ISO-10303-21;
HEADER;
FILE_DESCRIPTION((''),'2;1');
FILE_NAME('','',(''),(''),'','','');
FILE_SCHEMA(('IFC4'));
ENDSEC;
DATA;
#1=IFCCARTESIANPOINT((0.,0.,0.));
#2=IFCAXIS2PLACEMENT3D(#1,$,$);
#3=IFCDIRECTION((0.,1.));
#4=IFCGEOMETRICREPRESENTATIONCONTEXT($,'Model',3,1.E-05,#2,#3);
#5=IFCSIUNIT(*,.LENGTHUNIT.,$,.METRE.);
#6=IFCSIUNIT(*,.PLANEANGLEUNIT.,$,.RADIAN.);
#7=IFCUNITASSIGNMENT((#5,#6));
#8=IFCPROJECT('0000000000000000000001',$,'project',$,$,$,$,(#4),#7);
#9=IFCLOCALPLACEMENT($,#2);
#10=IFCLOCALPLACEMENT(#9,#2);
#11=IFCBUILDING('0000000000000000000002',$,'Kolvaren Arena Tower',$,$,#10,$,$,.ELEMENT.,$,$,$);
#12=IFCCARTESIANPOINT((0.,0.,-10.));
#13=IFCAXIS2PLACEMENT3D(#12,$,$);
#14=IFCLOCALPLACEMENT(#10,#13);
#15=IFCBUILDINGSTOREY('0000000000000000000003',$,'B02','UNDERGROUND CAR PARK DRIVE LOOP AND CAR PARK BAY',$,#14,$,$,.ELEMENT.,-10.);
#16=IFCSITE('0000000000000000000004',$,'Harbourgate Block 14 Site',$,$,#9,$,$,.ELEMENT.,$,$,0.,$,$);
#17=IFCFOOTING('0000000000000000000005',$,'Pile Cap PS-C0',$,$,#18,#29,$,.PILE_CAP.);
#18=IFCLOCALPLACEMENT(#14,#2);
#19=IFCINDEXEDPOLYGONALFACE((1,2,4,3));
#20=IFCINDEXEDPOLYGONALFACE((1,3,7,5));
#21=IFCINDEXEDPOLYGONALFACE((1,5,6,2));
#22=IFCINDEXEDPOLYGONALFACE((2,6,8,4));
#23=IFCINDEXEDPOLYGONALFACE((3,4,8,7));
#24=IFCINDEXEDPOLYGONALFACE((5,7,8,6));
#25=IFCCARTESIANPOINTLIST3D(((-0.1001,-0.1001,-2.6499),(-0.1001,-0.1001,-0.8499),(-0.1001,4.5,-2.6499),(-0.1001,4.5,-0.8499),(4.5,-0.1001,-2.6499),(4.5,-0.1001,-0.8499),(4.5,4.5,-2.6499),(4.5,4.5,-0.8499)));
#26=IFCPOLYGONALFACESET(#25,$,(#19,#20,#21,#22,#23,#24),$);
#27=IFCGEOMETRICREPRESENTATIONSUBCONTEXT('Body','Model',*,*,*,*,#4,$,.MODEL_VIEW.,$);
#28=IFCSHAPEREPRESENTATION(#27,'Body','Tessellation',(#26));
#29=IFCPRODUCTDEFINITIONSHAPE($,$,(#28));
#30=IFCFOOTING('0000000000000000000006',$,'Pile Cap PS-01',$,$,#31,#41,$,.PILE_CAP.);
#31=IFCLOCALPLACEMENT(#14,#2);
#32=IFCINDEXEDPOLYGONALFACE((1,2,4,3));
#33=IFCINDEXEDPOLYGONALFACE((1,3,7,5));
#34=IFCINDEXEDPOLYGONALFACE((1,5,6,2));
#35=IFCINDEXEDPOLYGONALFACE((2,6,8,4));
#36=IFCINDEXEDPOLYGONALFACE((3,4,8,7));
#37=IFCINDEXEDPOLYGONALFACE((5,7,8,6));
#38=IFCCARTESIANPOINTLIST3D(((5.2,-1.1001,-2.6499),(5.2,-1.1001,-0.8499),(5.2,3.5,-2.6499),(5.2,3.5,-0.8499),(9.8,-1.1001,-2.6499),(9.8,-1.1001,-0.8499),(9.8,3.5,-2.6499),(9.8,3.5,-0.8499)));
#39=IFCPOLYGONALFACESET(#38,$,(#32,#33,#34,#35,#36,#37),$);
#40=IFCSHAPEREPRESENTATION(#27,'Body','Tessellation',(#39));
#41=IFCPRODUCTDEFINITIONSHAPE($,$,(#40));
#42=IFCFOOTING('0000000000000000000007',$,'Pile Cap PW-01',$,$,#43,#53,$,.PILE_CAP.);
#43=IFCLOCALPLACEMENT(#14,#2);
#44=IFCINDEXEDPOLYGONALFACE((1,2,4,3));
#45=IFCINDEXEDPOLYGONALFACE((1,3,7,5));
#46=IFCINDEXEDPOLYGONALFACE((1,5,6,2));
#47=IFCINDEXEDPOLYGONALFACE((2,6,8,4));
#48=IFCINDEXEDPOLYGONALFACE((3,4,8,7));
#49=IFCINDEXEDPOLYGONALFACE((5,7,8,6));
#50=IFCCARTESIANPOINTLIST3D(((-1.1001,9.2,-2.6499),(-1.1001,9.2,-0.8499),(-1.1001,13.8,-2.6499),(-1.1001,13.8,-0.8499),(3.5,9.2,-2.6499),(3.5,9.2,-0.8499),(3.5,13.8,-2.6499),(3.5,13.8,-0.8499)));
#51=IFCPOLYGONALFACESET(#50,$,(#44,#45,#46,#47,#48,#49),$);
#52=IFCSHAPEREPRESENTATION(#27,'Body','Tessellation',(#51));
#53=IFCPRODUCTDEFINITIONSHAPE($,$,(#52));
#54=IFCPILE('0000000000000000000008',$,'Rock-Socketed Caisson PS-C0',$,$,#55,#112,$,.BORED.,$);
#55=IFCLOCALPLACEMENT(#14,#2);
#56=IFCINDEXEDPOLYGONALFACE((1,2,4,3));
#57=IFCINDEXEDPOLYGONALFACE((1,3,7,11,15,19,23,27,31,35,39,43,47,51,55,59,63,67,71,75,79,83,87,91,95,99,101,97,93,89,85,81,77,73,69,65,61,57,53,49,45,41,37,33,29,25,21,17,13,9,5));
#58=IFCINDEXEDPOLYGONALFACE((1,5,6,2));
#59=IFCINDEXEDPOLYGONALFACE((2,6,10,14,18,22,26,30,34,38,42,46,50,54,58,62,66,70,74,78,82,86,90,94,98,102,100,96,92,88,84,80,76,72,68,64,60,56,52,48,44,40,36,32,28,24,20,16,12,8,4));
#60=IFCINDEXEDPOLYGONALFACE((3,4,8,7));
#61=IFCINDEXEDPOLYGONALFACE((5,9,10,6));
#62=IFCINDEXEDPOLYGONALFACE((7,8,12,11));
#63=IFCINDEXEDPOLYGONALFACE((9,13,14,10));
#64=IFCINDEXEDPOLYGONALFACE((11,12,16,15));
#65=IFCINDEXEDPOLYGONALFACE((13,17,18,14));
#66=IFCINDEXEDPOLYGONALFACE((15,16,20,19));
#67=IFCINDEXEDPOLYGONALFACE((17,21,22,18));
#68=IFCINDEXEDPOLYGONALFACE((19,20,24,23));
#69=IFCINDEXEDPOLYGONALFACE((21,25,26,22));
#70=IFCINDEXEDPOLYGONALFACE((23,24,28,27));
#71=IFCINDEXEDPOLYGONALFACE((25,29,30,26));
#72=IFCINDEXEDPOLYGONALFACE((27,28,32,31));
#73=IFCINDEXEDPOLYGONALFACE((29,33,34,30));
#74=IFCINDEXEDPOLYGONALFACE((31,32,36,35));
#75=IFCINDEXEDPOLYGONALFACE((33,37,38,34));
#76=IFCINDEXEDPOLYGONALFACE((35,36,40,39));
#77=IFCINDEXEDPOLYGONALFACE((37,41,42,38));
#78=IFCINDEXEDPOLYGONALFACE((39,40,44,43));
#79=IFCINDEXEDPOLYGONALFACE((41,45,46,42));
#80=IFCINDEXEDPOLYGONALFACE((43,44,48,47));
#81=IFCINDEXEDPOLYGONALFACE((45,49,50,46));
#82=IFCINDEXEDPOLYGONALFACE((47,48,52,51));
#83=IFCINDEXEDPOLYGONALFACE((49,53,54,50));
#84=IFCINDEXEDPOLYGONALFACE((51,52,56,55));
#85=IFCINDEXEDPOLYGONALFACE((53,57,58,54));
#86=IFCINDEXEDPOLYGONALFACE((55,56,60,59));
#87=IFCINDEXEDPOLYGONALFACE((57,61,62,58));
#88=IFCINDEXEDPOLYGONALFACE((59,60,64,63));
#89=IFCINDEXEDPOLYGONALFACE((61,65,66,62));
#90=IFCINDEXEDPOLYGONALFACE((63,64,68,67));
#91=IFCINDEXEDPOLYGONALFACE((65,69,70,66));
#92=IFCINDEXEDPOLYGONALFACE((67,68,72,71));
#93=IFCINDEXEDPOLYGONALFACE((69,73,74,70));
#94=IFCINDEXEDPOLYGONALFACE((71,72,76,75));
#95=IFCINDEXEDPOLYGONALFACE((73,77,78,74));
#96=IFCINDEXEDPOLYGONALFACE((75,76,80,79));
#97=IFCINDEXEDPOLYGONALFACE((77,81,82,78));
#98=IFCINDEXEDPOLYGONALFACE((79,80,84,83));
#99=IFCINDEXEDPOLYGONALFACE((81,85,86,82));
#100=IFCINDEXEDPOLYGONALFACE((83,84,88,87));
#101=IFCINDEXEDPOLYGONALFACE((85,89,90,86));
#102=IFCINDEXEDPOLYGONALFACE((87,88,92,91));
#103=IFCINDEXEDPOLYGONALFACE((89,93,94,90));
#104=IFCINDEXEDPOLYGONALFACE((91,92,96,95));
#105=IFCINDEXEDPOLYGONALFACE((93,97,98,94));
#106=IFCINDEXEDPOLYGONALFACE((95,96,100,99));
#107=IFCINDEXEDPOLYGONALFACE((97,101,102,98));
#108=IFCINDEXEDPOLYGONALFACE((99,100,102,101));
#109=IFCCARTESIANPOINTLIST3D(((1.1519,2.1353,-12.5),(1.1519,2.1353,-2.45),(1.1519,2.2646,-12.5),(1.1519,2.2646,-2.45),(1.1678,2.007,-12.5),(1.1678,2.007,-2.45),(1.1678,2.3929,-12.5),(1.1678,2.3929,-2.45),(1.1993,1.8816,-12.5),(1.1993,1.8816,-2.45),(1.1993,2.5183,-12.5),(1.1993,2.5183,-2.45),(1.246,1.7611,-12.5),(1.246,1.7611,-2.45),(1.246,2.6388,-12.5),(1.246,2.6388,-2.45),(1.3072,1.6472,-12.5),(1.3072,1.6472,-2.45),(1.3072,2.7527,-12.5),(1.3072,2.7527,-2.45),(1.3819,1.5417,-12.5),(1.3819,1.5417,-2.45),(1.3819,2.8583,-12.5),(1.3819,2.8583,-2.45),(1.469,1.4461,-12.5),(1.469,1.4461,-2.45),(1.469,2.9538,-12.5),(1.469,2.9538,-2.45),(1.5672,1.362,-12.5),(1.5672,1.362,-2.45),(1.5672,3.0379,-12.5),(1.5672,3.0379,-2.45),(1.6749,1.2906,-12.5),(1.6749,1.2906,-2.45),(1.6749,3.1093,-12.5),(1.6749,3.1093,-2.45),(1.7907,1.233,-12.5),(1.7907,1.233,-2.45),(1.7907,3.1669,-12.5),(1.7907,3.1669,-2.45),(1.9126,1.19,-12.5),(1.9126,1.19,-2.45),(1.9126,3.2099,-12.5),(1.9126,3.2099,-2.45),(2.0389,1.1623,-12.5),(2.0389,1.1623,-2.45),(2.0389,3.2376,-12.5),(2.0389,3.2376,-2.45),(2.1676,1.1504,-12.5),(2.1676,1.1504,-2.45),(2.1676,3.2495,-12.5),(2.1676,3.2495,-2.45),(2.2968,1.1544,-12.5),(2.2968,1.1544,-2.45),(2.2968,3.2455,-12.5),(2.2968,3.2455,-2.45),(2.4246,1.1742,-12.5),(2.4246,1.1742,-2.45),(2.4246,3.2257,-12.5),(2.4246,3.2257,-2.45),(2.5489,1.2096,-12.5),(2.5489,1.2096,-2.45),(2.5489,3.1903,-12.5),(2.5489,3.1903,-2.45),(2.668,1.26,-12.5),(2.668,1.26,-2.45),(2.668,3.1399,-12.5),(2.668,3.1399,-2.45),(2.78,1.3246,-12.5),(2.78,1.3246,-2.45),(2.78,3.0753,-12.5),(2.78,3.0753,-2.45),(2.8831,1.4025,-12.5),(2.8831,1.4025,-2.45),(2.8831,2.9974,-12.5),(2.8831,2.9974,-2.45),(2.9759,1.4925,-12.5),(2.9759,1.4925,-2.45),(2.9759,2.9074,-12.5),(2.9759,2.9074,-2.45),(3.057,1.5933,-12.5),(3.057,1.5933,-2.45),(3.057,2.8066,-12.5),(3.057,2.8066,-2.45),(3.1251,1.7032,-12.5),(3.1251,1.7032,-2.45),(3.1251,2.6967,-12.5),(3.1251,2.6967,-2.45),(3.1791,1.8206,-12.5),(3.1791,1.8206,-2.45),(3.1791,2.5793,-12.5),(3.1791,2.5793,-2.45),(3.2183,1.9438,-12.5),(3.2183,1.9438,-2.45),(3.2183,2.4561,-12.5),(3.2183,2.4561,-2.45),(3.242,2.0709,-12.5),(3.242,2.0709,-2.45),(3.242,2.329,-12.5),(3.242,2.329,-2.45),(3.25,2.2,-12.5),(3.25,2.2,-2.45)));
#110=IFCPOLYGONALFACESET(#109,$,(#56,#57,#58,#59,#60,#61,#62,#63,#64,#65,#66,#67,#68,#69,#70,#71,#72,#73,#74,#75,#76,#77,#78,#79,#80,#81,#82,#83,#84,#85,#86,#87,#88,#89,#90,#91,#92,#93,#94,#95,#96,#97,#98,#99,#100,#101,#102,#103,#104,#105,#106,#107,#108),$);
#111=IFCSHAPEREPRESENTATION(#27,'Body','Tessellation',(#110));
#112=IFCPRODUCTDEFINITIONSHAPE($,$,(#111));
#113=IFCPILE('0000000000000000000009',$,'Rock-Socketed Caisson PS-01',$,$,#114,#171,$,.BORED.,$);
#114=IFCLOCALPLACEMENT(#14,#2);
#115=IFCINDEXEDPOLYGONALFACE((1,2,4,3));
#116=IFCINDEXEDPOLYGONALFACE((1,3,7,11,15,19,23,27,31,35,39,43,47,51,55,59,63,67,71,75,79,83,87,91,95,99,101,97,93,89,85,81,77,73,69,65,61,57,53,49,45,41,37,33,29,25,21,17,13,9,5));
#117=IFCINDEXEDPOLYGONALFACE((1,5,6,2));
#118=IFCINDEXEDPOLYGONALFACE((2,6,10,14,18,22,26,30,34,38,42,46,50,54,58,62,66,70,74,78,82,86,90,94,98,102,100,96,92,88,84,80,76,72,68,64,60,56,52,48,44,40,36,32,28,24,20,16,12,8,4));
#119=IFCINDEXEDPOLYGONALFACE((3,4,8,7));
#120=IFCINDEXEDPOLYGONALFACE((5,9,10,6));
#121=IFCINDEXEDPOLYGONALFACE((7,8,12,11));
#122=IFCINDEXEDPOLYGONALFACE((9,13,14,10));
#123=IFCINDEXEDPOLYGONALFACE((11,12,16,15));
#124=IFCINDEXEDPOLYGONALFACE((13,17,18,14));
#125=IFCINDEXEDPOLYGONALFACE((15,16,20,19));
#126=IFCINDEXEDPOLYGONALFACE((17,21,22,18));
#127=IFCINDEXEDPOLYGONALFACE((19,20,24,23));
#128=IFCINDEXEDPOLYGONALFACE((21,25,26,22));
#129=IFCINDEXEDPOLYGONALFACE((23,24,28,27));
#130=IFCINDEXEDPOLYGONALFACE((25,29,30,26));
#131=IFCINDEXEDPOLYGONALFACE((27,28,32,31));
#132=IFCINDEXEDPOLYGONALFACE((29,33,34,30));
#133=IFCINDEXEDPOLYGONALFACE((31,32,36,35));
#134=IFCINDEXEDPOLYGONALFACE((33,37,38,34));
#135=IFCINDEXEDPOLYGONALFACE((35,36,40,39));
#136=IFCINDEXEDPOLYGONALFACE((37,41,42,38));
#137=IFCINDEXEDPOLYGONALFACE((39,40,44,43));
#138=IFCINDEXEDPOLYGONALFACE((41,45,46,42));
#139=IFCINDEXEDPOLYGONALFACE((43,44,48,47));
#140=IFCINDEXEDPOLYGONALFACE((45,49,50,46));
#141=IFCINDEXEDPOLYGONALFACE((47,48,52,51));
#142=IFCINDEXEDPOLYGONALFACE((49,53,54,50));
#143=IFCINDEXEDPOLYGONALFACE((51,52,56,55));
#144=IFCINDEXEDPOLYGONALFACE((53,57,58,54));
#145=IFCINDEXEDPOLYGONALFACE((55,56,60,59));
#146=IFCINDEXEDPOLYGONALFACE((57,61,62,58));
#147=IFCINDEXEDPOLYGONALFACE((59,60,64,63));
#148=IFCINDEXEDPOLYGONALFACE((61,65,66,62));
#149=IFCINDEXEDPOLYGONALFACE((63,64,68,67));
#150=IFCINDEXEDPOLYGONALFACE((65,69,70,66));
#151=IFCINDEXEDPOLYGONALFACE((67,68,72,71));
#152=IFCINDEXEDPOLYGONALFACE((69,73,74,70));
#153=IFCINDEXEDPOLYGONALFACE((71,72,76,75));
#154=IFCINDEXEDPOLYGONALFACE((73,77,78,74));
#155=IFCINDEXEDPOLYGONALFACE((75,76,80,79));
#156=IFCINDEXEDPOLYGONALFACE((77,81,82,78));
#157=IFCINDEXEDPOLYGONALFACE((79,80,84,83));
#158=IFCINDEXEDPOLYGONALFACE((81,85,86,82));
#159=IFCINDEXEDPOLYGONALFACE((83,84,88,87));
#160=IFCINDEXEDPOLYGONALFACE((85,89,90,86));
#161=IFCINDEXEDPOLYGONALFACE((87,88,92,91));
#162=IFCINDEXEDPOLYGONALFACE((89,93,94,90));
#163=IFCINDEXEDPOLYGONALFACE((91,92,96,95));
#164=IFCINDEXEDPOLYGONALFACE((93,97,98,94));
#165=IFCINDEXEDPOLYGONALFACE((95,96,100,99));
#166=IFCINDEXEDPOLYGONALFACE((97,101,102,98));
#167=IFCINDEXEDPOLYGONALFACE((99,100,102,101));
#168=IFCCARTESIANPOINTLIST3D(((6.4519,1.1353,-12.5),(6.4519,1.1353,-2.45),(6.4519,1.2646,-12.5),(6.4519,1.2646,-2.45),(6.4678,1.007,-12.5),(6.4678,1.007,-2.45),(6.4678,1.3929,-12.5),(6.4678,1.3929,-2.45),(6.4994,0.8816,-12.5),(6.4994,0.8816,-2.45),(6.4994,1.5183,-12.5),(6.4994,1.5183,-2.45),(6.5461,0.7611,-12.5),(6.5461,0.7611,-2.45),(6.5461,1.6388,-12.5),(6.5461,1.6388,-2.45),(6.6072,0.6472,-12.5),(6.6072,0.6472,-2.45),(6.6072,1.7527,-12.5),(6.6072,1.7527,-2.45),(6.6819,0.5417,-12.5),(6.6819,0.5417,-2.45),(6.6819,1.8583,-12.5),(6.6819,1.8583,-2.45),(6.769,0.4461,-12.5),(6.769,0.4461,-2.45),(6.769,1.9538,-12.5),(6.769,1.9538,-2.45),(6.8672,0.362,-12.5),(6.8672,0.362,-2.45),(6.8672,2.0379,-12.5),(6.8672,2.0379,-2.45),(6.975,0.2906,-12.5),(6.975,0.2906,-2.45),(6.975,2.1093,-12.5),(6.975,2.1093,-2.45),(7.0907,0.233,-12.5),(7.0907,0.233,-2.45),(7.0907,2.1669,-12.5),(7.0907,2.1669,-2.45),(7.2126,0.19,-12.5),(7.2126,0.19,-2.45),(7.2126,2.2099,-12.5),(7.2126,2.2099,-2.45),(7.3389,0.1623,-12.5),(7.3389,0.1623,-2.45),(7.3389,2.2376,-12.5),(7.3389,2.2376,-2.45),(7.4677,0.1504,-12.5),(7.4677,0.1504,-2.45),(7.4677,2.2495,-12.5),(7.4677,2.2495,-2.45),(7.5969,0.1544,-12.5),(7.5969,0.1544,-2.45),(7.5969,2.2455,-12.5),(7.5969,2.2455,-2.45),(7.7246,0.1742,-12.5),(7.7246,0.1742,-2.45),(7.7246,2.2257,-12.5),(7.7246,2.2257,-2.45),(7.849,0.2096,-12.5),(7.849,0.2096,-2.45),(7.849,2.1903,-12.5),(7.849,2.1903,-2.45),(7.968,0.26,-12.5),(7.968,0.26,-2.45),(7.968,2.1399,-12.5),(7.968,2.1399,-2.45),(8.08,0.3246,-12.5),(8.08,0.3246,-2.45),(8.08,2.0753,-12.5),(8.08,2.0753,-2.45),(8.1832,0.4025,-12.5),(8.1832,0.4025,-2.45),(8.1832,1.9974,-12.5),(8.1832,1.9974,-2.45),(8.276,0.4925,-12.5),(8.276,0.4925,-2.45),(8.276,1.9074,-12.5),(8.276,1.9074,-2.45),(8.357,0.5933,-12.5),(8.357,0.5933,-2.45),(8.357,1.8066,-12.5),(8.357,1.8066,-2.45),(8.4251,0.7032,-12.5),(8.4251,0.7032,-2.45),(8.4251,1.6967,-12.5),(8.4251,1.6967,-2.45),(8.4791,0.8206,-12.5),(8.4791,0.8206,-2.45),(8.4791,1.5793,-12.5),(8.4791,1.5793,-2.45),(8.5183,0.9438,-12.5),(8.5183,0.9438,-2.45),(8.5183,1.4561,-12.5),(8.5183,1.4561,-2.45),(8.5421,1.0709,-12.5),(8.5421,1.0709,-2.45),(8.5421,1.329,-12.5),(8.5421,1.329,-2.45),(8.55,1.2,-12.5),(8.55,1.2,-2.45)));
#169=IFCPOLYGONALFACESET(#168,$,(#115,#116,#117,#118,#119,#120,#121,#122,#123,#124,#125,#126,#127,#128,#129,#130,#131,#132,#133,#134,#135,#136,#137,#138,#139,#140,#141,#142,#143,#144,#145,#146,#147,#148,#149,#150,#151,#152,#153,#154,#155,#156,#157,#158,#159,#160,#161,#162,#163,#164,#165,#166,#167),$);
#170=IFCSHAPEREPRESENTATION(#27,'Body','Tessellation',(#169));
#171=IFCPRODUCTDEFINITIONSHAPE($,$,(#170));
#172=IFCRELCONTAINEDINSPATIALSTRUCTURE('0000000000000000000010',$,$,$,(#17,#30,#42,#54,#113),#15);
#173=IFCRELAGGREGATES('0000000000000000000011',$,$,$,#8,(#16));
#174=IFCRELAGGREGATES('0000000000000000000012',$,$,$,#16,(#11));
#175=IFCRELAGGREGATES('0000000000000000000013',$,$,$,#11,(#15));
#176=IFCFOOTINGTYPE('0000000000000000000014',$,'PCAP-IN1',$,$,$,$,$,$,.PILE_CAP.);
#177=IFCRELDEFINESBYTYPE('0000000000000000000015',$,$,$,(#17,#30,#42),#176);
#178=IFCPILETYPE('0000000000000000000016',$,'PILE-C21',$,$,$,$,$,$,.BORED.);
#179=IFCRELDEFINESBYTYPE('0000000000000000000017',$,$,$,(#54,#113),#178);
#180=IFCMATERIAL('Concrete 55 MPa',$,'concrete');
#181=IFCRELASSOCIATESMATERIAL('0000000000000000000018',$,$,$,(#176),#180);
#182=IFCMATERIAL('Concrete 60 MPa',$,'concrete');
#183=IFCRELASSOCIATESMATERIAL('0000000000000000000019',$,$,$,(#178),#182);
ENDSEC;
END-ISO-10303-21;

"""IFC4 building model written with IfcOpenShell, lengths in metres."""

from ifc_helpers import new_model, si_unit, direction, frame, origin, origin_2d, place, context, subcontext, project, spatial, rectangle, circle, extrude, material, material_profile, profile_set, type_object, element, save


model = new_model("IFC4")

# Units and contexts
model_context = context("Model", 3, precision=1e-05, world=origin(), true_north=direction((0.0, 1.0)))
body_context = subcontext(model_context, "Body", "Model", "MODEL_VIEW")
ifc_project = project(units=[si_unit("LENGTHUNIT", "METRE"), si_unit("PLANEANGLEUNIT", "RADIAN")], contexts=[model_context])

# Site, building, storey
site_placement = place(None, origin())
site = spatial("IfcSite", under=ifc_project, at=site_placement, Name="Harbourgate Block 14 Site", CompositionType="ELEMENT", RefElevation=0.0)
building_placement = place(site_placement, origin())
building = spatial("IfcBuilding", under=site, at=building_placement, Name="Kolvaren Arena Tower", CompositionType="ELEMENT")
storey_placement = place(building_placement, frame((0.0, 0.0, -10.0)))
storey = spatial("IfcBuildingStorey", under=building, at=storey_placement, Name="B02", Description="UNDERGROUND CAR PARK DRIVE LOOP AND CAR PARK BAY", CompositionType="ELEMENT", Elevation=-10.0)

# Footings
ifc_material_1 = material(Name="Concrete 55 MPa", Category="concrete")
footing_type = type_object("IfcFootingType", Name="PCAP-IN1", PredefinedType="PILE_CAP", material=ifc_material_1)
for number, where, z_axis, x_axis, name in (
    (1, (2.2, 2.2, -2.6499), (0.0, 0.0, 1.0), (1.0, 0.0, 0.0), "Pile Cap PS-C0"),
    (2, (7.5, 1.2, -2.6499), (0.0, 0.0, 1.0), (1.0, 0.0, 0.0), "Pile Cap PS-01"),
    (3, (1.2, 11.5, -2.6499), (0.0, 0.0, 1.0), (1.0, 0.0, 0.0), "Pile Cap PW-01"),
):
    element("IfcFooting", number, at=place(storey_placement, frame(where, z_axis=z_axis, x_axis=x_axis)), inside=storey, type_object=footing_type, Name=name, PredefinedType="PILE_CAP", context=body_context, shape_type="SweptSolid", body=[
        extrude(rectangle(XDim=4.6001, YDim=4.6001, at=origin_2d()), origin(), (0.0, 0.0, 1.0), 1.8),
    ])

# Piles
ifc_material_2 = material(Name="Concrete 60 MPa", Category="concrete")
ifc_material_profile_1 = material_profile(ifc_material_2, circle(Radius=1.05, at=origin_2d()), Name="CAISSON-D2100")
ifc_profile_set_1 = profile_set([ifc_material_profile_1], Name="Concrete 60 MPa")
pile_type = type_object("IfcPileType", Name="PILE-C21", PredefinedType="BORED", material=ifc_profile_set_1)
for number, where, z_axis, x_axis, name in (
    (4, (2.2, 2.2, -2.45), (0.0, 0.0, -1.0), (1.0, 0.0, 0.0), "Rock-Socketed Caisson PS-C0"),
    (5, (7.5, 1.2, -2.45), (0.0, 0.0, -1.0), (1.0, 0.0, 0.0), "Rock-Socketed Caisson PS-01"),
):
    element("IfcPile", number, at=place(storey_placement, frame(where, z_axis=z_axis, x_axis=x_axis)), inside=storey, type_object=pile_type, Name=name, PredefinedType="BORED", context=body_context, shape_type="SweptSolid", body=[
        extrude(circle(Radius=1.05, at=origin_2d()), origin(), (0.0, 0.0, 1.0), 10.05),
    ])

save(model, "model.ifc")
